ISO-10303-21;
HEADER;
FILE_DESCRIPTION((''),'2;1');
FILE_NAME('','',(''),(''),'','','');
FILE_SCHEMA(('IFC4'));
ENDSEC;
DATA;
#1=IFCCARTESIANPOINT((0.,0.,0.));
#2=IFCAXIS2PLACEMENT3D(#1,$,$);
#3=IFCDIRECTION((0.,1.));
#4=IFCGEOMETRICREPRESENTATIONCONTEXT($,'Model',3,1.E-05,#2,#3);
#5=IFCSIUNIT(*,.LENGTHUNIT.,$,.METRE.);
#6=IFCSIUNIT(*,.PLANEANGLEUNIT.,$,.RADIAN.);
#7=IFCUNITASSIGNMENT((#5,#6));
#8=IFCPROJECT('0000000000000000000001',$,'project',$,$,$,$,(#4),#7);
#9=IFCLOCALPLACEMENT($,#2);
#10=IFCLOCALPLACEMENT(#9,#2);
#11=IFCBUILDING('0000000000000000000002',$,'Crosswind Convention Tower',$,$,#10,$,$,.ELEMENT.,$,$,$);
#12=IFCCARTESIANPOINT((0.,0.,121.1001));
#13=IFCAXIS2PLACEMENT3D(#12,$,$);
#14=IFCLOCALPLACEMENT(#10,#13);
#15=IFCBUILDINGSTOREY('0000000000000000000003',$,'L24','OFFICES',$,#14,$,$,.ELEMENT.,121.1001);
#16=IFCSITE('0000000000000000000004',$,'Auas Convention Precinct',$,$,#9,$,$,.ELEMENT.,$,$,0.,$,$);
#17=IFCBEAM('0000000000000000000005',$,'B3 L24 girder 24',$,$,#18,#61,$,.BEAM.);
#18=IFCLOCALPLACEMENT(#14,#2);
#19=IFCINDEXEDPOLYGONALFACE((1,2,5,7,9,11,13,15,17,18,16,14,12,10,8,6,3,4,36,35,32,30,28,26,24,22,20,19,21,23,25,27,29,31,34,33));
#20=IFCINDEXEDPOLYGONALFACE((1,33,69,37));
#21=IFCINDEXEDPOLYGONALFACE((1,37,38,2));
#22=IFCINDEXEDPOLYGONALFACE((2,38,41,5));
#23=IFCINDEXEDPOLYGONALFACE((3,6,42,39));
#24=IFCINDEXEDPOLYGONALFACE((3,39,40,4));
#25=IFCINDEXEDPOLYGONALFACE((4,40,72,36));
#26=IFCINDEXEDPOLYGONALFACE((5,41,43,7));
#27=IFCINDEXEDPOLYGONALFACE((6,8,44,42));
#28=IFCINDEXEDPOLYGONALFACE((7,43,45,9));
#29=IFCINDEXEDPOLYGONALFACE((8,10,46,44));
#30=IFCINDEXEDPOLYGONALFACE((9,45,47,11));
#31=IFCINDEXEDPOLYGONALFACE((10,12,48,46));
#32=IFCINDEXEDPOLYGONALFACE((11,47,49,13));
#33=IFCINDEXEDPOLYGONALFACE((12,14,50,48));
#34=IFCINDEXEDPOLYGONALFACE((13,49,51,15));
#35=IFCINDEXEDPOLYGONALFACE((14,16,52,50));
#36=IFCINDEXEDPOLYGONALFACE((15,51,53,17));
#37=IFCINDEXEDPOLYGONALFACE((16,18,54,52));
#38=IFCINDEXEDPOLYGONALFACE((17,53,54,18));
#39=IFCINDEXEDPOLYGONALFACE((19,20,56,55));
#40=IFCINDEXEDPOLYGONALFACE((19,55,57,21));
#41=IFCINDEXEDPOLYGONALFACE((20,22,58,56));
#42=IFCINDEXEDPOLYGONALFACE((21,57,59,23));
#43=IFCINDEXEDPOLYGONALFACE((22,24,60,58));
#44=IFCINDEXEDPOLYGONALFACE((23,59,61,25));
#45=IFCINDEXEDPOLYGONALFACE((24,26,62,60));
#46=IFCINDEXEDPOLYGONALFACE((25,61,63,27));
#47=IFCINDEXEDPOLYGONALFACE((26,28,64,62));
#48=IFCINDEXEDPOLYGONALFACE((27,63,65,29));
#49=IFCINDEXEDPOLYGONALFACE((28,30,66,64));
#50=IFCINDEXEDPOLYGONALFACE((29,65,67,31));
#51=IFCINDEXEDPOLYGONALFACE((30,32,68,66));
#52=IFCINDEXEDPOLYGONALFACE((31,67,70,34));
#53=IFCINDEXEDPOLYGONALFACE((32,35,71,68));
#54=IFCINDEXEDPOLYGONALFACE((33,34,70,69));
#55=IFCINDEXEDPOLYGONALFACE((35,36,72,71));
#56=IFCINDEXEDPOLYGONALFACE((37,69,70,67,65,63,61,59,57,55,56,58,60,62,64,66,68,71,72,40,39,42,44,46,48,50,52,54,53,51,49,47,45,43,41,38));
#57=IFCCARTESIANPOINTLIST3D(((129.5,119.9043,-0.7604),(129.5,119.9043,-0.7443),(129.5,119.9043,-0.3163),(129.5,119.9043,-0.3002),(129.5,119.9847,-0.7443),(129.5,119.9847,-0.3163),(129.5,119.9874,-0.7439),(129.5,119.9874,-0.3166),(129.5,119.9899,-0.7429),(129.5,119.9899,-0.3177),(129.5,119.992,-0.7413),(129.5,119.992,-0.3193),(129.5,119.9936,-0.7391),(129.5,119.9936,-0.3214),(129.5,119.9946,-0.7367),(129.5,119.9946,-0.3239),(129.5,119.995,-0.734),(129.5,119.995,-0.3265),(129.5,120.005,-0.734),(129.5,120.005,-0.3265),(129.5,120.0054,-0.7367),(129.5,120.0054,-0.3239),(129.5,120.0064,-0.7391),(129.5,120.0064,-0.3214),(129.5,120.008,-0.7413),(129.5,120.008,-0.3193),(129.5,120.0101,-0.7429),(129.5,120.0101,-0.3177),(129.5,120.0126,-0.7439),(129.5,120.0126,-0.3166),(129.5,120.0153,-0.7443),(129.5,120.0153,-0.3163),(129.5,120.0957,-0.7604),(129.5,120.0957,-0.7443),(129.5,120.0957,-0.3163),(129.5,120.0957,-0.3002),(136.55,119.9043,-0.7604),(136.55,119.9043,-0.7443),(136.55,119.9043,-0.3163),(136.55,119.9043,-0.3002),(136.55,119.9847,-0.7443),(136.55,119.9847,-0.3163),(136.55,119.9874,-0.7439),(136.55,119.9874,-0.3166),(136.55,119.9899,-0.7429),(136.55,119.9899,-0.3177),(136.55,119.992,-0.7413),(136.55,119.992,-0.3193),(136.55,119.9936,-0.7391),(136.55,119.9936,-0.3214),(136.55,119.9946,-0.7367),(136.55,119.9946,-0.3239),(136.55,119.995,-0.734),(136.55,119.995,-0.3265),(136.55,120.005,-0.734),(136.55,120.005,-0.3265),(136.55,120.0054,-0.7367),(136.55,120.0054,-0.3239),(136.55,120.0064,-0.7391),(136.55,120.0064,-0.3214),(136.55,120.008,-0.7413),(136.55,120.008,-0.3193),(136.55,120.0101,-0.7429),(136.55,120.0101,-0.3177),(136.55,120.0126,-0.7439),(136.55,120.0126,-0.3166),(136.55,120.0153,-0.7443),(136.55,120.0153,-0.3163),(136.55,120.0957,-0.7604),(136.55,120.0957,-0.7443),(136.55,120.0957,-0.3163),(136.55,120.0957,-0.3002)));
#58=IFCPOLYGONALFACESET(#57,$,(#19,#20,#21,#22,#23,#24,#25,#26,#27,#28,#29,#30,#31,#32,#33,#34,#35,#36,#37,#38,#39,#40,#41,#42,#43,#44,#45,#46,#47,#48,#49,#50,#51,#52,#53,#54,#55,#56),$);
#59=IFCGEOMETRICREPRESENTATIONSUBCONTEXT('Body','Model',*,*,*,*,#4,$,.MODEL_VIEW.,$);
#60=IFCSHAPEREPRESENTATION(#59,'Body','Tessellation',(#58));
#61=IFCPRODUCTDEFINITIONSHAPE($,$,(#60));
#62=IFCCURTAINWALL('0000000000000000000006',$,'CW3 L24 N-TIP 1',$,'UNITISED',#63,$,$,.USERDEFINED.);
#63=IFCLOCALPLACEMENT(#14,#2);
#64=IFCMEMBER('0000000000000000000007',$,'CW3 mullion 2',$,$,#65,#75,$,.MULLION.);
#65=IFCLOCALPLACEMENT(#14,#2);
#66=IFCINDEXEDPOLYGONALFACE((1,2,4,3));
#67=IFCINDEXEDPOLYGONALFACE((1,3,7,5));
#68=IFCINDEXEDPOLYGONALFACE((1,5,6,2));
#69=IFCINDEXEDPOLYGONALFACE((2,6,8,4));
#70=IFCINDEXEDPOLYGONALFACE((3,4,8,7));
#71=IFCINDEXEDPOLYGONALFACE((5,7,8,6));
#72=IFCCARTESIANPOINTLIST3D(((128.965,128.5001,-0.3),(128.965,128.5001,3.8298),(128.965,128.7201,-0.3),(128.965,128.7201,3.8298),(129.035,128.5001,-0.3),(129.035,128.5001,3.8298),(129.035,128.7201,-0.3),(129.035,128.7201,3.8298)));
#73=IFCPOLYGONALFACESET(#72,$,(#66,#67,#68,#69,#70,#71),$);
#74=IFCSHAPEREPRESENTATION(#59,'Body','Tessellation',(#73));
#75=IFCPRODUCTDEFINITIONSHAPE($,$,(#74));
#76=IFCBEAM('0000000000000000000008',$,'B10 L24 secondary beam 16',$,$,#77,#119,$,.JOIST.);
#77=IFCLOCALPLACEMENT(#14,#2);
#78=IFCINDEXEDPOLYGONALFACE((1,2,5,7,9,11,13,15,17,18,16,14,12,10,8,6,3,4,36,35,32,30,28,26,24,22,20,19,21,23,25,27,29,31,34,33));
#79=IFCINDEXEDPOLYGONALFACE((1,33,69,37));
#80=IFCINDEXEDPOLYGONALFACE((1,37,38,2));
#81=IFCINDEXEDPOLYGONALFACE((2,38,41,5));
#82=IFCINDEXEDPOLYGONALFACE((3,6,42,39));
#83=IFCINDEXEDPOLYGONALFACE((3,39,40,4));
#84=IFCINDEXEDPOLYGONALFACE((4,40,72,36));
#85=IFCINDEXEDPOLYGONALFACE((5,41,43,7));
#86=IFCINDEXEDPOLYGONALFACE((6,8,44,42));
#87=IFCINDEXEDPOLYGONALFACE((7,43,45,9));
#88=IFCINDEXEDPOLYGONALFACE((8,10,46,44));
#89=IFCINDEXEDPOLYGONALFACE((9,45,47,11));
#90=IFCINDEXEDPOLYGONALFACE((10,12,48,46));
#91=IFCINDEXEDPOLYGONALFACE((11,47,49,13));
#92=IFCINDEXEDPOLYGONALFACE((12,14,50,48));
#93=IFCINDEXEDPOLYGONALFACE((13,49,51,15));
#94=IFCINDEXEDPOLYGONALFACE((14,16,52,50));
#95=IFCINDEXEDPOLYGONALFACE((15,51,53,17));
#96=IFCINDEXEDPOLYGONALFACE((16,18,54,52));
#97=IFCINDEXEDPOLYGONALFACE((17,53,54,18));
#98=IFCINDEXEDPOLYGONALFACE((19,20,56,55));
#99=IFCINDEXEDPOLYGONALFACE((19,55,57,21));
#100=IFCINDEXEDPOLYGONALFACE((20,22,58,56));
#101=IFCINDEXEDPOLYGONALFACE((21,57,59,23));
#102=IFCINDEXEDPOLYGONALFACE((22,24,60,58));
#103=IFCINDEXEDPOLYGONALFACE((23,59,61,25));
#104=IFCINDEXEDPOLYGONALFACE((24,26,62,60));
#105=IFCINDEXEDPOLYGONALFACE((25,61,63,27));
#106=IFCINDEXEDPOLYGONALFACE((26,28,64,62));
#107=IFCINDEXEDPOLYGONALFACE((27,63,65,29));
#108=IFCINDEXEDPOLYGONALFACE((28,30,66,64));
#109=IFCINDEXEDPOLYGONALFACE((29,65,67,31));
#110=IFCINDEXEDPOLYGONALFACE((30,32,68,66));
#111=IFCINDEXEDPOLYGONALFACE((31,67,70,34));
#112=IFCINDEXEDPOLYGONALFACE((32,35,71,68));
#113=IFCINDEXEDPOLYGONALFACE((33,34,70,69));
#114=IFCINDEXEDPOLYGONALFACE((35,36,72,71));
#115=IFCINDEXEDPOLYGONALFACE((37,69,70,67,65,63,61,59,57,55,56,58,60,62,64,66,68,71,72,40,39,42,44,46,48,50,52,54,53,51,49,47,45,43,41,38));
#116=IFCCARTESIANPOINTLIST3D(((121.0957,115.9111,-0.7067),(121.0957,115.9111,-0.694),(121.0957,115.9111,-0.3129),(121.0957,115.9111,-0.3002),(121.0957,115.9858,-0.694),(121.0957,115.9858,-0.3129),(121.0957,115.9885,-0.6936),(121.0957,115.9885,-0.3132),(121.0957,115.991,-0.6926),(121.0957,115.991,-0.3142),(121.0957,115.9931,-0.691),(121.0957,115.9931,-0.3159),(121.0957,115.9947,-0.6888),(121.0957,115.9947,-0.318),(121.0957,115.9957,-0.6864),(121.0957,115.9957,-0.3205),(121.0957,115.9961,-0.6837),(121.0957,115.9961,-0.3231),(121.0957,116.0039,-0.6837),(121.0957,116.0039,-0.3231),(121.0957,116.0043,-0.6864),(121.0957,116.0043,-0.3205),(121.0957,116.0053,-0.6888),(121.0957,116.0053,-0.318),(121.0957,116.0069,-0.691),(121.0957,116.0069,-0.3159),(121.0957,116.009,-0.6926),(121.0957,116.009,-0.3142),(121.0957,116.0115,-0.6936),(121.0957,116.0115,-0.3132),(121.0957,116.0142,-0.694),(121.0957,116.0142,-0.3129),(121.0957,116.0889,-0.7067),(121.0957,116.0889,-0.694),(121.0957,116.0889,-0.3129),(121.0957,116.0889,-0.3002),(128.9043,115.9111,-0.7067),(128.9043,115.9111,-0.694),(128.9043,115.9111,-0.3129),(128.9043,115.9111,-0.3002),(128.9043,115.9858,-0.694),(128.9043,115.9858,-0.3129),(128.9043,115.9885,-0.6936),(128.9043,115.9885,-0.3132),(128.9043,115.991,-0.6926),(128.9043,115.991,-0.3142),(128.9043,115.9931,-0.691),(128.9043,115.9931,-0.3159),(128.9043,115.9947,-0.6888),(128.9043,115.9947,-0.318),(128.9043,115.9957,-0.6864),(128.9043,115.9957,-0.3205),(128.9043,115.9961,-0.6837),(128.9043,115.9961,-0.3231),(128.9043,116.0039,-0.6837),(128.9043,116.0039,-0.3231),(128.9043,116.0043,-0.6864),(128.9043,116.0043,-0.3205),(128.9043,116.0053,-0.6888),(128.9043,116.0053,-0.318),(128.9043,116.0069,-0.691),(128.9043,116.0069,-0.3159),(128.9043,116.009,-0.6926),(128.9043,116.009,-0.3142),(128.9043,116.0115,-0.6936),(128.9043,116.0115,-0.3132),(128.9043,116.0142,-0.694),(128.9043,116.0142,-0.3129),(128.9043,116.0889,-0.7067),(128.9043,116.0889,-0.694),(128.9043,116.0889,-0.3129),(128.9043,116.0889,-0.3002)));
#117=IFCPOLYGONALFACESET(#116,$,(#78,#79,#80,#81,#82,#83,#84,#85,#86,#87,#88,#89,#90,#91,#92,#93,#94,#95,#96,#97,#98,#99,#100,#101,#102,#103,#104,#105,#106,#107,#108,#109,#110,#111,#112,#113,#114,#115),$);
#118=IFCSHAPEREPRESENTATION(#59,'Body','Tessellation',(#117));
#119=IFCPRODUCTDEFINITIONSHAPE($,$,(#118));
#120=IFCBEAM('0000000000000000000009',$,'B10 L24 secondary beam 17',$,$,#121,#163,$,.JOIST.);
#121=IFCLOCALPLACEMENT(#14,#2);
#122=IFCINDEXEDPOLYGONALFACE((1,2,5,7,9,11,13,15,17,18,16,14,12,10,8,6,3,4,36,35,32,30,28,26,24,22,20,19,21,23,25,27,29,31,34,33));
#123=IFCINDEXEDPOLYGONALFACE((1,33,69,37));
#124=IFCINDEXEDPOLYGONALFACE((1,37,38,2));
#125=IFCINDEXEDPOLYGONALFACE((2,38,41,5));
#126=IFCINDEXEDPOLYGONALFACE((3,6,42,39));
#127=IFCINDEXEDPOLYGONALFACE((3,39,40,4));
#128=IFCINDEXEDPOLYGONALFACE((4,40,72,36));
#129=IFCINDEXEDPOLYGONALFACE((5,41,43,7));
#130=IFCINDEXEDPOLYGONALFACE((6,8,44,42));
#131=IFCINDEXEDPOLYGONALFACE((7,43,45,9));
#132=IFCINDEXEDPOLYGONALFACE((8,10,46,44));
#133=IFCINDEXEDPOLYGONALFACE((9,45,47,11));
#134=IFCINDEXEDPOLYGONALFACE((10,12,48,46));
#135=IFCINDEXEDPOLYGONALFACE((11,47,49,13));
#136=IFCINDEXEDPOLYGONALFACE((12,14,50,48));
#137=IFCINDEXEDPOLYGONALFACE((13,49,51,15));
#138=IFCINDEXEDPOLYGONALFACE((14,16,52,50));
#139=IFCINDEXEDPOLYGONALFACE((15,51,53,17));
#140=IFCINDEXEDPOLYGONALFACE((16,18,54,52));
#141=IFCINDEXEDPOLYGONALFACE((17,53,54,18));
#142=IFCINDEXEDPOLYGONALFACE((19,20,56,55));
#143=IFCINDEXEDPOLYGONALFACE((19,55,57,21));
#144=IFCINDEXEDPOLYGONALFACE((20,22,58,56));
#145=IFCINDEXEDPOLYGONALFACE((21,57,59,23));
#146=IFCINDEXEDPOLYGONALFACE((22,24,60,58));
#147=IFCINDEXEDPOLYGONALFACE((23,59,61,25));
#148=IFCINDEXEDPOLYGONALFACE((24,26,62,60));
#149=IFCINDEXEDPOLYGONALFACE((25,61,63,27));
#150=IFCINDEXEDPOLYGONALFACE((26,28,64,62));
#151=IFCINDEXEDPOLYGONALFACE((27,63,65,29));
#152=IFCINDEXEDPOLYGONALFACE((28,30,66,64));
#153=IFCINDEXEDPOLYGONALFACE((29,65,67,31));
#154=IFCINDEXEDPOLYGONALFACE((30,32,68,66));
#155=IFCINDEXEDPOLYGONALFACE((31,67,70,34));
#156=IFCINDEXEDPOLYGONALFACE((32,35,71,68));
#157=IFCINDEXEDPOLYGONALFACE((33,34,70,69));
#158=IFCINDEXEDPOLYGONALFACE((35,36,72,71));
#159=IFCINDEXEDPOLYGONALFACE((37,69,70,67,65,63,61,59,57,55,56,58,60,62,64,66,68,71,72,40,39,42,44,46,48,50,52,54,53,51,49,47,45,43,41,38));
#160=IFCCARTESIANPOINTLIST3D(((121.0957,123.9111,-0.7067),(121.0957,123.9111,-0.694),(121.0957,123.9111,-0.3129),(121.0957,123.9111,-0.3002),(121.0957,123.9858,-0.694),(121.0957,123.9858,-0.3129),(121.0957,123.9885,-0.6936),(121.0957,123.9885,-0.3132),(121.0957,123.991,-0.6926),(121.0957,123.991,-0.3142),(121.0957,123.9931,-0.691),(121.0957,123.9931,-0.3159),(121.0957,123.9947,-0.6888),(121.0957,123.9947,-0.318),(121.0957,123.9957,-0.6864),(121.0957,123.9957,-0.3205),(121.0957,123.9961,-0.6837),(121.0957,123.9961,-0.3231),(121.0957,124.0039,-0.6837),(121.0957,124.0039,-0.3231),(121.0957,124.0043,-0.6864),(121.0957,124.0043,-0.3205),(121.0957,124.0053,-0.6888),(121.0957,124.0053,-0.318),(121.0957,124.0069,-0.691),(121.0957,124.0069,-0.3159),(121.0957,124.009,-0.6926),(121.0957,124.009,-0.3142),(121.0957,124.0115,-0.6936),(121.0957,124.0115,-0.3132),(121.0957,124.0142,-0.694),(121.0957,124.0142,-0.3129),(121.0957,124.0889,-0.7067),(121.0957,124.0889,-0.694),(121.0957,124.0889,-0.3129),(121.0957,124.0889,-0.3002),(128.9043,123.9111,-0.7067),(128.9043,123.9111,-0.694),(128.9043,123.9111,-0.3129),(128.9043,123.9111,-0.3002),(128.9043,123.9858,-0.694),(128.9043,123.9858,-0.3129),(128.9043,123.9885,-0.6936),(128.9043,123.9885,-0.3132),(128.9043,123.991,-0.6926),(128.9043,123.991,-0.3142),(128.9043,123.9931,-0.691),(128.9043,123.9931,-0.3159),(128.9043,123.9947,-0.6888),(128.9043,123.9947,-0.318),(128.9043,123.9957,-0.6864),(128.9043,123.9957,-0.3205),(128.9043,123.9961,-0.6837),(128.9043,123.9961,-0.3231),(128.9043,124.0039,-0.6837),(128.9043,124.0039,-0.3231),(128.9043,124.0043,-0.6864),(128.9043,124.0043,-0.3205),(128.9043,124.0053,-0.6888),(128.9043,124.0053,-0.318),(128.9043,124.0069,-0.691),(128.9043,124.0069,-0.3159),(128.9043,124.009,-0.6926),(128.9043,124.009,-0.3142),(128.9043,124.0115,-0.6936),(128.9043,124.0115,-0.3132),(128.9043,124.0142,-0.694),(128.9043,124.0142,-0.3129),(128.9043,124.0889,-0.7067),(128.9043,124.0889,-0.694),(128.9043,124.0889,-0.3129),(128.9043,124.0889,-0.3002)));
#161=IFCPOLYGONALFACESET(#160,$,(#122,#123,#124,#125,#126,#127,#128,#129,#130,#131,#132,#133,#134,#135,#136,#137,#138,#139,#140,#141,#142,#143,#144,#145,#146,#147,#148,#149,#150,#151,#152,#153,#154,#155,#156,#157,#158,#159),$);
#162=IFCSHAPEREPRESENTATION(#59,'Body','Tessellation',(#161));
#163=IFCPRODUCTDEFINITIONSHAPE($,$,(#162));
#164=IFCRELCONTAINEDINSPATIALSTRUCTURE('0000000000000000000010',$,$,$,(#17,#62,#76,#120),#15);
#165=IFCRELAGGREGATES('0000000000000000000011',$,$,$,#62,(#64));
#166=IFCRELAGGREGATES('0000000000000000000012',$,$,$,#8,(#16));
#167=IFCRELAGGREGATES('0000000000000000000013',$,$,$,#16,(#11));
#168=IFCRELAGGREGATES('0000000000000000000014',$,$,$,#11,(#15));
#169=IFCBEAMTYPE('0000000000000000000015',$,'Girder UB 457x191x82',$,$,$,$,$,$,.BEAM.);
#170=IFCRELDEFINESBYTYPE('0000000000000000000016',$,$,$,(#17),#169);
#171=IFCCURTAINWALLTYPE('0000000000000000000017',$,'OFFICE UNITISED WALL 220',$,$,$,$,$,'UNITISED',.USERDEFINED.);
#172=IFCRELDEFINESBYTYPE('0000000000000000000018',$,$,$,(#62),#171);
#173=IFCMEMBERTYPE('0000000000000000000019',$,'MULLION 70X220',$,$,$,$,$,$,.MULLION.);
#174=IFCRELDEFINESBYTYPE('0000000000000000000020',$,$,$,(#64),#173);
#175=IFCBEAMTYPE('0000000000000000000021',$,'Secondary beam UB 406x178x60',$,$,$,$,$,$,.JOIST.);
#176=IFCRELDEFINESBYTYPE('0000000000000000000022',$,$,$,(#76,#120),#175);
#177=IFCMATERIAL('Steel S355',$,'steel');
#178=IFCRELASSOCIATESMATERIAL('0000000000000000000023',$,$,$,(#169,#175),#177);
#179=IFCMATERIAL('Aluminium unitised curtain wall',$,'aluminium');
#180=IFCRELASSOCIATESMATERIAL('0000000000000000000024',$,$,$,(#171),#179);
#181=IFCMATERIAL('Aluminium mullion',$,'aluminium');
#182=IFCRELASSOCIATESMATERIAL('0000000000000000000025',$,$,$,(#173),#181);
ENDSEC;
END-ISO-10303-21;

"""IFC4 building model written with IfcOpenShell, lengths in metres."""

from ifc_helpers import new_model, si_unit, direction, frame, origin, origin_2d, place, context, subcontext, project, spatial, rectangle, i_section, extrude, material, material_profile, profile_set, type_object, element, aggregate, save


model = new_model("IFC4")

# Units and contexts
model_context = context("Model", 3, precision=1e-05, world=origin(), true_north=direction((0.0, 1.0)))
body_context = subcontext(model_context, "Body", "Model", "MODEL_VIEW")
ifc_project = project(units=[si_unit("LENGTHUNIT", "METRE"), si_unit("PLANEANGLEUNIT", "RADIAN")], contexts=[model_context])

# Site, building, storey
site_placement = place(None, origin())
site = spatial("IfcSite", under=ifc_project, at=site_placement, Name="Auas Convention Precinct", CompositionType="ELEMENT", RefElevation=0.0)
building_placement = place(site_placement, origin())
building = spatial("IfcBuilding", under=site, at=building_placement, Name="Crosswind Convention Tower", CompositionType="ELEMENT")
storey_placement = place(building_placement, frame((0.0, 0.0, 121.1001)))
storey = spatial("IfcBuildingStorey", under=building, at=storey_placement, Name="L24", Description="OFFICES", CompositionType="ELEMENT", Elevation=121.1001)

# Beam
ifc_material_1 = material(Name="Steel S355", Category="steel")
ifc_material_profile_1 = material_profile(ifc_material_1, i_section(OverallWidth=0.1914, OverallDepth=0.4602, WebThickness=0.01, FlangeThickness=0.0161, FilletRadius=0.0103, at=origin_2d()), Name="UB 457x191x82")
ifc_profile_set_1 = profile_set([ifc_material_profile_1], Name="Steel S355")
beam_type_1 = type_object("IfcBeamType", Name="Girder UB 457x191x82", PredefinedType="BEAM", material=ifc_profile_set_1)
for number, where, z_axis, x_axis, name in (
    (1, (129.5, 120.0, -0.5303), (1.0, 0.0, 0.0), (0.0, 1.0, 0.0), "B3 L24 girder 24"),
):
    element("IfcBeam", number, at=place(storey_placement, frame(where, z_axis=z_axis, x_axis=x_axis)), inside=storey, type_object=beam_type_1, Name=name, PredefinedType="BEAM", context=body_context, shape_type="SweptSolid", body=[
        extrude(i_section(OverallWidth=0.1914, OverallDepth=0.4602, WebThickness=0.01, FlangeThickness=0.0161, FilletRadius=0.0103, at=origin_2d()), origin(), (0.0, 0.0, 1.0), 7.05),
    ])

# Curtain wall, member
ifc_material_2 = material(Name="Aluminium unitised curtain wall", Category="aluminium")
curtain_wall_type = type_object("IfcCurtainWallType", Name="OFFICE UNITISED WALL 220", ElementType="UNITISED", PredefinedType="USERDEFINED", material=ifc_material_2)
curtain_wall_placement = place(storey_placement, origin())
curtain_wall = element("IfcCurtainWall", 2, at=curtain_wall_placement, inside=storey, type_object=curtain_wall_type, Name="CW3 L24 N-TIP 1", ObjectType="UNITISED", PredefinedType="USERDEFINED")
ifc_material_3 = material(Name="Aluminium mullion", Category="aluminium")
ifc_material_profile_2 = material_profile(ifc_material_3, rectangle(XDim=0.22, YDim=0.0701, at=origin_2d()), Name="AL 220X70")
ifc_profile_set_2 = profile_set([ifc_material_profile_2], Name="Aluminium mullion")
member_type_1 = type_object("IfcMemberType", Name="MULLION 70X220", PredefinedType="MULLION", material=ifc_profile_set_2)
member_1_placement = place(storey_placement, frame((129.0, 128.6101, -0.3), z_axis=(0.0, 0.0, 1.0), x_axis=(0.0, 1.0, 0.0)))
member_1 = element("IfcMember", 3, at=member_1_placement, type_object=member_type_1, Name="CW3 mullion 2", PredefinedType="MULLION", context=body_context, shape_type="SweptSolid", body=[
    extrude(rectangle(XDim=0.22, YDim=0.0701, at=origin_2d()), origin(), (0.0, 0.0, 1.0), 4.1299),
])

# Beams
ifc_material_profile_3 = material_profile(ifc_material_1, i_section(OverallWidth=0.1777, OverallDepth=0.4065, WebThickness=0.0078, FlangeThickness=0.0127, FilletRadius=0.0103, at=origin_2d()), Name="UB 406x178x60")
ifc_profile_set_3 = profile_set([ifc_material_profile_3], Name="Steel S355")
beam_type_2 = type_object("IfcBeamType", Name="Secondary beam UB 406x178x60", PredefinedType="JOIST", material=ifc_profile_set_3)
for number, where, z_axis, x_axis, name in (
    (4, (121.0957, 116.0, -0.5034), (1.0, 0.0, 0.0), (0.0, 1.0, 0.0), "B10 L24 secondary beam 16"),
    (5, (121.0957, 124.0, -0.5034), (1.0, 0.0, 0.0), (0.0, 1.0, 0.0), "B10 L24 secondary beam 17"),
):
    element("IfcBeam", number, at=place(storey_placement, frame(where, z_axis=z_axis, x_axis=x_axis)), inside=storey, type_object=beam_type_2, Name=name, PredefinedType="JOIST", context=body_context, shape_type="SweptSolid", body=[
        extrude(i_section(OverallWidth=0.1777, OverallDepth=0.4065, WebThickness=0.0078, FlangeThickness=0.0127, FilletRadius=0.0103, at=origin_2d()), origin(), (0.0, 0.0, 1.0), 7.8086),
    ])

aggregate(curtain_wall, [member_1])

save(model, "model.ifc")
